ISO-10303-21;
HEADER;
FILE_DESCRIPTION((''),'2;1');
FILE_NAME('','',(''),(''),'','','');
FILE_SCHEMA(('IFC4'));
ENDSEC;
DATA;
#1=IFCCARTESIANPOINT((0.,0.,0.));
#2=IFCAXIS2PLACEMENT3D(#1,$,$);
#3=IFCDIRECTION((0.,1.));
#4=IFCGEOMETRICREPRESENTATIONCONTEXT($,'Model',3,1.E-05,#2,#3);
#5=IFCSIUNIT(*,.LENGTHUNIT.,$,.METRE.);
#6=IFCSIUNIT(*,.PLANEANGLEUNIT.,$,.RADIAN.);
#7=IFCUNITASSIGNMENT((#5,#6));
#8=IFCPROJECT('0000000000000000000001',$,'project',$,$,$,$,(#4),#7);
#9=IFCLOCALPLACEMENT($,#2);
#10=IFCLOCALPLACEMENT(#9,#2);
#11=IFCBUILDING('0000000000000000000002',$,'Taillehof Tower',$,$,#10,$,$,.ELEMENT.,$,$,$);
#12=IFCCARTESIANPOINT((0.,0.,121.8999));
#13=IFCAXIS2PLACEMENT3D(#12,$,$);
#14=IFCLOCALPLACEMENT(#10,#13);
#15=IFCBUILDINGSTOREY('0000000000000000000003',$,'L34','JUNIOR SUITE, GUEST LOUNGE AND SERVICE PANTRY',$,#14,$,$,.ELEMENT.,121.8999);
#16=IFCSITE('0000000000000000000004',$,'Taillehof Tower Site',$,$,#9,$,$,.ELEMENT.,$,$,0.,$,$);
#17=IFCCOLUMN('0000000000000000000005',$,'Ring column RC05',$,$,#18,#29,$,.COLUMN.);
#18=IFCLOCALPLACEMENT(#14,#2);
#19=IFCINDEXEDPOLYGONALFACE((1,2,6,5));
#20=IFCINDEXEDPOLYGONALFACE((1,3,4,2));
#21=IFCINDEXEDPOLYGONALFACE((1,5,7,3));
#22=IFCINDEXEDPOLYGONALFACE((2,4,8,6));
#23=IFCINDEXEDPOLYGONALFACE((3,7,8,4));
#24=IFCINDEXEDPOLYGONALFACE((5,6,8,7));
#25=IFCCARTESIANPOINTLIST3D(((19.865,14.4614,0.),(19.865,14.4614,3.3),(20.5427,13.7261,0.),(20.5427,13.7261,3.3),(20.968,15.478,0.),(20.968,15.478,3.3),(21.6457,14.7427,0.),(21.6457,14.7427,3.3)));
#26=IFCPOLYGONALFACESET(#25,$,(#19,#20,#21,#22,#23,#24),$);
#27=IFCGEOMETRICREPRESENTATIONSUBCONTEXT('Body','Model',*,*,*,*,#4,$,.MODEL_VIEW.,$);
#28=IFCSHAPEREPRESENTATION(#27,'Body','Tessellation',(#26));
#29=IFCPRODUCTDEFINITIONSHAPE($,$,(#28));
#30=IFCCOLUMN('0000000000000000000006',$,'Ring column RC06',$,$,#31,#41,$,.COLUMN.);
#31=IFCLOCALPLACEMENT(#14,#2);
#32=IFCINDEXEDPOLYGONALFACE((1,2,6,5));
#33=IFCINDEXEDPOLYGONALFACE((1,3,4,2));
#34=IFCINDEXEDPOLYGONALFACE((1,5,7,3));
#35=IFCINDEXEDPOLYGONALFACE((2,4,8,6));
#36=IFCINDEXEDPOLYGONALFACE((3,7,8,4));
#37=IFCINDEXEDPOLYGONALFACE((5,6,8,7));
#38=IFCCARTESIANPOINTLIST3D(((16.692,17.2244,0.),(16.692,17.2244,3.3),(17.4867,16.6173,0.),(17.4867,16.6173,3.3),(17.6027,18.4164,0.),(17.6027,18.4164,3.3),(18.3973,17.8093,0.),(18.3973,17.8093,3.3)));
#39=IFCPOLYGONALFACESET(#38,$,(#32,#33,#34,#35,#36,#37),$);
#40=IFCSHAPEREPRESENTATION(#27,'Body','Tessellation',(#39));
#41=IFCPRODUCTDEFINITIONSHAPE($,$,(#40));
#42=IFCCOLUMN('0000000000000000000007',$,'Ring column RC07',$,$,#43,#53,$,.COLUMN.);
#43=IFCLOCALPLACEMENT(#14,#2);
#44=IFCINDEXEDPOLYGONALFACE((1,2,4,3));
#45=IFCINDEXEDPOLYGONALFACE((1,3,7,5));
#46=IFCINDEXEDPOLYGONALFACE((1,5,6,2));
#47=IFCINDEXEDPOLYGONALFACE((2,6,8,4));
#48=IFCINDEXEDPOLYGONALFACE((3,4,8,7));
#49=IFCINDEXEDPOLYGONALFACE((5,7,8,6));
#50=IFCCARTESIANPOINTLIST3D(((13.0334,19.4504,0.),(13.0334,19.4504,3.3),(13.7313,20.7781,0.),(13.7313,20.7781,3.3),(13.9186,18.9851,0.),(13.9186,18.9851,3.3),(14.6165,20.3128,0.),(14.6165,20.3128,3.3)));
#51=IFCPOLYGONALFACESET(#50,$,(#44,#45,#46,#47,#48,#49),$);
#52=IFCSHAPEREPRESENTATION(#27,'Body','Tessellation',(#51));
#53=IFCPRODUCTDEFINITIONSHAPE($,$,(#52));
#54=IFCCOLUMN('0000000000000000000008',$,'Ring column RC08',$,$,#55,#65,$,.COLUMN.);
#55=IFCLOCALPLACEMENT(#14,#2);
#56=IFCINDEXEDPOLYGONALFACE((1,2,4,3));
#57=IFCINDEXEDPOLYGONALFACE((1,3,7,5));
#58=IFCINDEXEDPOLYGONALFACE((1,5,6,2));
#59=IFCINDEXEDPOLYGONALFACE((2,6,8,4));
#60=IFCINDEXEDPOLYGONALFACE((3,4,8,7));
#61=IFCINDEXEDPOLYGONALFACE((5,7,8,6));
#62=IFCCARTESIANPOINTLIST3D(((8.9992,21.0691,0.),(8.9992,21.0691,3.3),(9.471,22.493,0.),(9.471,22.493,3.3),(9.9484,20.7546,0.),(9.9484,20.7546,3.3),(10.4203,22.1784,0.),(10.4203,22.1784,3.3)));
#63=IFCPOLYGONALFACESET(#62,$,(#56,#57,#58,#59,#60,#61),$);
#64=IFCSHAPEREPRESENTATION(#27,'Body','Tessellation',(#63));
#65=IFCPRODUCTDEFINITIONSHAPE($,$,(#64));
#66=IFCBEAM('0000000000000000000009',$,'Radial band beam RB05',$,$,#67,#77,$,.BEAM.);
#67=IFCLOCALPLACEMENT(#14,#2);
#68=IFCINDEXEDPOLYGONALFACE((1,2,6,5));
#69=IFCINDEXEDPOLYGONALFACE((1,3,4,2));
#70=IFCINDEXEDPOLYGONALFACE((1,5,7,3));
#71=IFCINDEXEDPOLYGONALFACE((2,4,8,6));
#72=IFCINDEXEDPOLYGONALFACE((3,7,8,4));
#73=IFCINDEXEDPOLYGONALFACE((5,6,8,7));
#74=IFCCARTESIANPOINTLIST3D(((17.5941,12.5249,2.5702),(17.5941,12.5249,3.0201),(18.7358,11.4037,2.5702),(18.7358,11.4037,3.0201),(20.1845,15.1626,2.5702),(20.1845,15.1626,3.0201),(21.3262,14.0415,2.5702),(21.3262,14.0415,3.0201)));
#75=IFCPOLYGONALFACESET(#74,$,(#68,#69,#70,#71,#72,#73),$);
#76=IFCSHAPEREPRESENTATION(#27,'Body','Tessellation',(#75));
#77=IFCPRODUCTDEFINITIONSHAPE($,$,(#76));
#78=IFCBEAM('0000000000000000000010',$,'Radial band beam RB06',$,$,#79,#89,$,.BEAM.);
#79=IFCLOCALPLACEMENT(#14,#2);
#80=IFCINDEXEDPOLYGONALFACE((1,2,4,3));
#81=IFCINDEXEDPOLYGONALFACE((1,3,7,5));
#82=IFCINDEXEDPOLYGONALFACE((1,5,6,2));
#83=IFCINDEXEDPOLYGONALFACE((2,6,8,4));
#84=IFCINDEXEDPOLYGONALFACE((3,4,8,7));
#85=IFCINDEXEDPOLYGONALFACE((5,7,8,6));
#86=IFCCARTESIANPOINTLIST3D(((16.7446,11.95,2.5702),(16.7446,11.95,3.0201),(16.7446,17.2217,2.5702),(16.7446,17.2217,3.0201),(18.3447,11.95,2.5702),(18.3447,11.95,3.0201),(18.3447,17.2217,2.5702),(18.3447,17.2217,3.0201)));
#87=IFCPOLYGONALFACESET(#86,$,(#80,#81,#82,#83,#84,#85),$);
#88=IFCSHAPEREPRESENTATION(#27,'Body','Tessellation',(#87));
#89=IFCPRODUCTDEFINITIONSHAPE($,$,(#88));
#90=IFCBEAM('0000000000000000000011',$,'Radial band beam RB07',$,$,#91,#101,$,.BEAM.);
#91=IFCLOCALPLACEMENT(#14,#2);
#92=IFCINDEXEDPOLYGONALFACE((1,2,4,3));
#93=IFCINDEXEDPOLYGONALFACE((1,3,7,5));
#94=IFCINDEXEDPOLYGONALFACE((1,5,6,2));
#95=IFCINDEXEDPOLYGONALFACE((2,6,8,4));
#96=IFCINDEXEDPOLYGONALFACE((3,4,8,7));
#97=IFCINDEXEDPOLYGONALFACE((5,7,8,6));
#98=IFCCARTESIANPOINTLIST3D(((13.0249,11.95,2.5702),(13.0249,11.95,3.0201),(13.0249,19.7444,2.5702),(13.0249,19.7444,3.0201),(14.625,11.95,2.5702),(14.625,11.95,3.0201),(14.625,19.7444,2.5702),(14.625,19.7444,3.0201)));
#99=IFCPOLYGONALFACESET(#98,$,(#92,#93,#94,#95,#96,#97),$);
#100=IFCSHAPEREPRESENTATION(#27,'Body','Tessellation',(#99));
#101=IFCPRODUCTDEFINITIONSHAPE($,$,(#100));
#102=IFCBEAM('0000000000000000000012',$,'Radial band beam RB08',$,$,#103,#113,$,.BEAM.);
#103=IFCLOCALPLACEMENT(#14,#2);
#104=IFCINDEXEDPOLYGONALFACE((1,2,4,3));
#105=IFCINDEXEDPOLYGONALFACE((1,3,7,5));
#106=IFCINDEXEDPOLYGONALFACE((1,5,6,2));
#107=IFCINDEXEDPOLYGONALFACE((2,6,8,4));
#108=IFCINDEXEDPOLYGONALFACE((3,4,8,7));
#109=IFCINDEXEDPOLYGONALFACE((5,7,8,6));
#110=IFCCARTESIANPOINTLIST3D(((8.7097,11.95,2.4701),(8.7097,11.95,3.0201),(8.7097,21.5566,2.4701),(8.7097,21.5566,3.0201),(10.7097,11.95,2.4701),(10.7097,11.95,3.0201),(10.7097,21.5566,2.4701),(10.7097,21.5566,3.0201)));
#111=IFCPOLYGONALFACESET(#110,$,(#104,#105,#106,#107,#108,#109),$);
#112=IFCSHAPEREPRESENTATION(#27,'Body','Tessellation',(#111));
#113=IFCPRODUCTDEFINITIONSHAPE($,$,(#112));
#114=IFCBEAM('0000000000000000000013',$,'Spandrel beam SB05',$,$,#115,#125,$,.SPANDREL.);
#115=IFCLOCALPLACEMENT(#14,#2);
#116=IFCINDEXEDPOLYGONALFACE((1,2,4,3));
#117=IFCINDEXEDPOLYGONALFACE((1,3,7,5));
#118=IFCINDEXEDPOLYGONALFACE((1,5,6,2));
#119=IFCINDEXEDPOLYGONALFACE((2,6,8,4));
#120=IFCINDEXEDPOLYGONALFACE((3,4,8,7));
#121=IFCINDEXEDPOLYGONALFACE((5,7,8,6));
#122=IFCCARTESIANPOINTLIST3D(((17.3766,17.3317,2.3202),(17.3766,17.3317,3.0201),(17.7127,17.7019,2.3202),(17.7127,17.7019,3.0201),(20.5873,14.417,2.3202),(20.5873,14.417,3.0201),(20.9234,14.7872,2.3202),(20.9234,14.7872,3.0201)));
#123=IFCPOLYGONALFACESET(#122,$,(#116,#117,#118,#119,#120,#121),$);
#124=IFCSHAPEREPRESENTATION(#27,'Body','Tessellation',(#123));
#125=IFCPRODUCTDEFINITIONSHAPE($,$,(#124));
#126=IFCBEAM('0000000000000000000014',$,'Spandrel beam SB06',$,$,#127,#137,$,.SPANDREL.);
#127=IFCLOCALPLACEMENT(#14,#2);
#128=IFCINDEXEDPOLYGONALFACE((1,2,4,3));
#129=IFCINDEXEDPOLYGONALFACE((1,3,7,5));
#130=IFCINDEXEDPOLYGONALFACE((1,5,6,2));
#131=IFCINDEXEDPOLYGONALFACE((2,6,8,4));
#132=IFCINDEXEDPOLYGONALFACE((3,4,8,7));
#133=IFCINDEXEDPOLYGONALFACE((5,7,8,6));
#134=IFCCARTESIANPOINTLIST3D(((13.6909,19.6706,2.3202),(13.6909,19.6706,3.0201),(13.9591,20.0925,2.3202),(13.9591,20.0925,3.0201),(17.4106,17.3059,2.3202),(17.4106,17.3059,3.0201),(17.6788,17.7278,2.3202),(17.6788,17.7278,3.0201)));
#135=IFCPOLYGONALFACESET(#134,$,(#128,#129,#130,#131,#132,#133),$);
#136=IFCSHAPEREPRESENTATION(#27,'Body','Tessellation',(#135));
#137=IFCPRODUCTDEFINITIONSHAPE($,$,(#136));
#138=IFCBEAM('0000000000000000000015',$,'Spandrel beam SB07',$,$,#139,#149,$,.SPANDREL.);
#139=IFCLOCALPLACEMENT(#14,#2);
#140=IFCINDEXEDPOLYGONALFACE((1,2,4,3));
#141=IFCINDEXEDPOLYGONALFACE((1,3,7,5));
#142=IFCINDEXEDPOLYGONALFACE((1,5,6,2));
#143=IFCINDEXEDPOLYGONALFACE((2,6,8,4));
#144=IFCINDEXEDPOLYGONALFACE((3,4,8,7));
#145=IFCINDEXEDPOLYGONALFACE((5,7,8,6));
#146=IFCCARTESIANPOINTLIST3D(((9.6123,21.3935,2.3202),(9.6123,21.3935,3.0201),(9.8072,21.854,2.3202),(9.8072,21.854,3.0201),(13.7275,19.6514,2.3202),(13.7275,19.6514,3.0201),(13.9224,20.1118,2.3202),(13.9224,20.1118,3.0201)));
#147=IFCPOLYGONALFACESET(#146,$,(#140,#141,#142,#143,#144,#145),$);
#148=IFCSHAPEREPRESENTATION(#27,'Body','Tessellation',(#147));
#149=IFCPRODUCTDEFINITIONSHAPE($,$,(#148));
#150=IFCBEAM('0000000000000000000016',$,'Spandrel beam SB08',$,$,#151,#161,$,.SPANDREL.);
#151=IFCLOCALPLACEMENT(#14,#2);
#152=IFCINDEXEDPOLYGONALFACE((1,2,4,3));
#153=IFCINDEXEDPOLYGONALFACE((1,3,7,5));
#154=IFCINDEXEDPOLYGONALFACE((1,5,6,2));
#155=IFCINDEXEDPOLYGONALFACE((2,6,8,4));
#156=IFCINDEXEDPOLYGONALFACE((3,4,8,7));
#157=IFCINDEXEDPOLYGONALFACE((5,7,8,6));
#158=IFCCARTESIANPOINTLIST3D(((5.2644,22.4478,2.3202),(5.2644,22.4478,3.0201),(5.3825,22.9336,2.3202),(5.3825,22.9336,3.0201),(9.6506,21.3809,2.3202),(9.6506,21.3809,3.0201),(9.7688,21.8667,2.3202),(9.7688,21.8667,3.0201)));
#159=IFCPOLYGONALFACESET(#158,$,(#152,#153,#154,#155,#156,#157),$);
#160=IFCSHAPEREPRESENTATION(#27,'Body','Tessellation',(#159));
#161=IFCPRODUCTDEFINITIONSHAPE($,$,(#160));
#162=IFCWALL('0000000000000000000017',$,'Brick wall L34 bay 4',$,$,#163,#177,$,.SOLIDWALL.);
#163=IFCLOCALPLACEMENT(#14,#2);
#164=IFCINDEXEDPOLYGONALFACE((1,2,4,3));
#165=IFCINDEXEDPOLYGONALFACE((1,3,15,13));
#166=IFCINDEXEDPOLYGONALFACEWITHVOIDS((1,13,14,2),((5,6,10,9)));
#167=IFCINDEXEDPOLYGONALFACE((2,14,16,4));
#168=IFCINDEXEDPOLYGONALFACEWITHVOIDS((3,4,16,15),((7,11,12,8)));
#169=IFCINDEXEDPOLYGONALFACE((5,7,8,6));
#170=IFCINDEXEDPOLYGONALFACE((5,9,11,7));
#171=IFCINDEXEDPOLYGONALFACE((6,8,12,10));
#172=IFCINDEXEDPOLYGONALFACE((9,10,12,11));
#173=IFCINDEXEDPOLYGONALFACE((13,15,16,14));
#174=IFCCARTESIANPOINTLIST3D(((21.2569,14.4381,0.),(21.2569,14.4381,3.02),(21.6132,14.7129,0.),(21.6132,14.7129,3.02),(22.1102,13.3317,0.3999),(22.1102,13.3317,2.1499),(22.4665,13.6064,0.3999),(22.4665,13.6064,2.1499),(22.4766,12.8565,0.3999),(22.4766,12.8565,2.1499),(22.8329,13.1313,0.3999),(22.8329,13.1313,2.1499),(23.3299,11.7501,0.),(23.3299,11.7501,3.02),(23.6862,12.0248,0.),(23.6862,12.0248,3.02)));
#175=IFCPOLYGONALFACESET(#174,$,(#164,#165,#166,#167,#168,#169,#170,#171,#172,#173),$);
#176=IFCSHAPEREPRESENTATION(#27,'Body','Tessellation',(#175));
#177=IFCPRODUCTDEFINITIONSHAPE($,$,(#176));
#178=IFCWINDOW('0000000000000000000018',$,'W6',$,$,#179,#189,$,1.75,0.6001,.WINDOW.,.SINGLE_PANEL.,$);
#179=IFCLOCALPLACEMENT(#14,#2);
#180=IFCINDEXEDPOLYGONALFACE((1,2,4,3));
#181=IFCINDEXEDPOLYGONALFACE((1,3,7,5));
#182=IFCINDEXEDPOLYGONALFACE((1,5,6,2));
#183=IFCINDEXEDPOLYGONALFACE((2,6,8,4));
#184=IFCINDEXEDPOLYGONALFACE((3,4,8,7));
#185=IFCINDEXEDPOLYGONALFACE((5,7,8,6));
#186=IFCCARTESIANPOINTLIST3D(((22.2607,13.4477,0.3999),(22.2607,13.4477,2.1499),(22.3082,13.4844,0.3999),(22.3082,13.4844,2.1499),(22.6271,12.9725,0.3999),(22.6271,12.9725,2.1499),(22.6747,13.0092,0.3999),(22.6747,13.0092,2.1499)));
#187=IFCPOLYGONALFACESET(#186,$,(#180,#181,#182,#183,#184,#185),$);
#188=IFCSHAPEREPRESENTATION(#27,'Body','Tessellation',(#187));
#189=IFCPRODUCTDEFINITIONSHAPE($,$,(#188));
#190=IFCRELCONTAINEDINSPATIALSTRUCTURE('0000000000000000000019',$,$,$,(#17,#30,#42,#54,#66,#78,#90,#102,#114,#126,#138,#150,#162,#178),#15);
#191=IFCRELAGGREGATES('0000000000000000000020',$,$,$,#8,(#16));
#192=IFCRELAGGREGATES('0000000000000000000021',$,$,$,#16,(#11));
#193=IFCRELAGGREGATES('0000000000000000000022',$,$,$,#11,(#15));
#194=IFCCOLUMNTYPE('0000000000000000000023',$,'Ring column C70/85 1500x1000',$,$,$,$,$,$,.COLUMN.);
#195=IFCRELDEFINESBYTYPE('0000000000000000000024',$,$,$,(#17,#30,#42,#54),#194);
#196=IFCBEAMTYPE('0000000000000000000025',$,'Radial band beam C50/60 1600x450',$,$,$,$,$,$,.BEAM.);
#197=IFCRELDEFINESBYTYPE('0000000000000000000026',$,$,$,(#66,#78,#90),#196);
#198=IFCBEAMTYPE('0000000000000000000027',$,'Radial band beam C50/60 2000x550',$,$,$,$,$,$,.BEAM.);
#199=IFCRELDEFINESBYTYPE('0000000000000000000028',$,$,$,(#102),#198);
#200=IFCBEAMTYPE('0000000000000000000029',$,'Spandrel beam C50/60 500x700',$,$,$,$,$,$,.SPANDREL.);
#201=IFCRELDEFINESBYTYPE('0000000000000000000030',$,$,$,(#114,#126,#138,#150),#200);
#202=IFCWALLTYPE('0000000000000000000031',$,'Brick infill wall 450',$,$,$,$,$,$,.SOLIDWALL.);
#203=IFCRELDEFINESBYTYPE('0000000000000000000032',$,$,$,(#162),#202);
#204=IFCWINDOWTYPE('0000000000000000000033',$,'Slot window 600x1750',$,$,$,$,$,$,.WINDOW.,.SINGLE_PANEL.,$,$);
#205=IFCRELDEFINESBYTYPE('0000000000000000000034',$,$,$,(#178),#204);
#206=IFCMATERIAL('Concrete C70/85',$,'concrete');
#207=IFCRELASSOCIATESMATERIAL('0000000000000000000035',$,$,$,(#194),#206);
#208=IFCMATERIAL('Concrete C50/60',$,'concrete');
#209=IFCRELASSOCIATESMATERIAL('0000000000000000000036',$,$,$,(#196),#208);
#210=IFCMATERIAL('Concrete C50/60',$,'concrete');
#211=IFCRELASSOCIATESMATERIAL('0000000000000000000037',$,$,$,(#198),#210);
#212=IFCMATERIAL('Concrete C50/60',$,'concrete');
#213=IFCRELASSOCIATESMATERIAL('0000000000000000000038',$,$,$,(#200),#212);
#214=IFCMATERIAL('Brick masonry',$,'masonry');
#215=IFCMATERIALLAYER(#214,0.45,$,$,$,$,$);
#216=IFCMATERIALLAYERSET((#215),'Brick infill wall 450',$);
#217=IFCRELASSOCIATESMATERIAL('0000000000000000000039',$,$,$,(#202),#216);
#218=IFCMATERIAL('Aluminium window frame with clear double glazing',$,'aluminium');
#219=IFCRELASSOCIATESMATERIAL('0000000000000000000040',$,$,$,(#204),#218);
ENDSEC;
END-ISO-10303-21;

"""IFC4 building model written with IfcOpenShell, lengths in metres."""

from ifc_helpers import new_model, si_unit, direction, frame, frame_2d, origin, origin_2d, place, context, subcontext, project, spatial, rectangle, extrude, material, layer, layer_set, material_profile, profile_set, type_object, element, fill, save


model = new_model("IFC4")

# Units and contexts
model_context = context("Model", 3, precision=1e-05, world=origin(), true_north=direction((0.0, 1.0)))
body_context = subcontext(model_context, "Body", "Model", "MODEL_VIEW")
ifc_project = project(units=[si_unit("LENGTHUNIT", "METRE"), si_unit("PLANEANGLEUNIT", "RADIAN")], contexts=[model_context])

# Site, building, storey
site_placement = place(None, origin())
site = spatial("IfcSite", under=ifc_project, at=site_placement, Name="Taillehof Tower Site", CompositionType="ELEMENT", RefElevation=0.0)
building_placement = place(site_placement, origin())
building = spatial("IfcBuilding", under=site, at=building_placement, Name="Taillehof Tower", CompositionType="ELEMENT")
storey_placement = place(building_placement, frame((0.0, 0.0, 121.8999)))
storey = spatial("IfcBuildingStorey", under=building, at=storey_placement, Name="L34", Description="JUNIOR SUITE, GUEST LOUNGE AND SERVICE PANTRY", CompositionType="ELEMENT", Elevation=121.8999)

# Columns
ifc_material_1 = material(Name="Concrete C70/85", Category="concrete")
ifc_material_profile_1 = material_profile(ifc_material_1, rectangle(XDim=1.5, YDim=1.0, at=origin_2d()), Name="RC 1500x1000")
ifc_profile_set_1 = profile_set([ifc_material_profile_1], Name="Concrete C70/85")
column_type = type_object("IfcColumnType", Name="Ring column C70/85 1500x1000", PredefinedType="COLUMN", material=ifc_profile_set_1)
for number, where, z_axis, x_axis, name in (
    (1, (20.7554, 14.6021, 0.0), (0.0, 0.0, 1.0), (0.735332, 0.677707, 0.0), "Ring column RC05"),
    (2, (17.5447, 17.5168, 0.0), (0.0, 0.0, 1.0), (0.607074, 0.794645, 0.0), "Ring column RC06"),
    (3, (13.825, 19.8816, 0.0), (0.0, 0.0, 1.0), (0.465283, 0.885162, 0.0), "Ring column RC07"),
    (4, (9.7097, 21.6238, 0.0), (0.0, 0.0, 1.0), (0.314555, 0.949239, 0.0), "Ring column RC08"),
):
    element("IfcColumn", number, at=place(storey_placement, frame(where, z_axis=z_axis, x_axis=x_axis)), inside=storey, type_object=column_type, Name=name, PredefinedType="COLUMN", context=body_context, shape_type="SweptSolid", body=[
        extrude(rectangle(XDim=1.5, YDim=1.0, at=origin_2d()), origin(), (0.0, 0.0, 1.0), 3.3),
    ])

# Beams
ifc_material_2 = material(Name="Concrete C50/60", Category="concrete")
ifc_material_profile_2 = material_profile(ifc_material_2, rectangle(XDim=1.6001, YDim=0.45, at=origin_2d()), Name="RC 1600x450")
ifc_profile_set_2 = profile_set([ifc_material_profile_2], Name="Concrete C50/60")
beam_type_1 = type_object("IfcBeamType", Name="Radial band beam C50/60 1600x450", PredefinedType="BEAM", material=ifc_profile_set_2)
beam_1_placement = place(storey_placement, frame((20.7554, 14.6021, 2.7952), z_axis=(-0.700672, -0.713484, 0.0), x_axis=(0.713484, -0.700672, 0.0)))
element("IfcBeam", 5, at=beam_1_placement, inside=storey, type_object=beam_type_1, Name="Radial band beam RB05", PredefinedType="BEAM", context=body_context, shape_type="SweptSolid", body=[
    extrude(rectangle(XDim=1.6001, YDim=0.45, at=origin_2d()), origin(), (0.0, 0.0, 1.0), 3.697),
])
beam_2_placement = place(storey_placement, frame((17.5447, 17.2217, 2.7952), z_axis=(0.0, -1.0, 0.0), x_axis=(1.0, 0.0, 0.0)))
element("IfcBeam", 6, at=beam_2_placement, inside=storey, type_object=beam_type_1, Name="Radial band beam RB06", PredefinedType="BEAM", context=body_context, shape_type="SweptSolid", body=[
    extrude(rectangle(XDim=1.6001, YDim=0.45, at=origin_2d()), origin(), (0.0, 0.0, 1.0), 5.2717),
])
beam_3_placement = place(storey_placement, frame((13.825, 19.7444, 2.7952), z_axis=(0.0, -1.0, 0.0), x_axis=(1.0, 0.0, 0.0)))
element("IfcBeam", 7, at=beam_3_placement, inside=storey, type_object=beam_type_1, Name="Radial band beam RB07", PredefinedType="BEAM", context=body_context, shape_type="SweptSolid", body=[
    extrude(rectangle(XDim=1.6001, YDim=0.45, at=origin_2d()), origin(), (0.0, 0.0, 1.0), 7.7944),
])
ifc_material_3 = material(Name="Concrete C50/60", Category="concrete")
ifc_material_profile_3 = material_profile(ifc_material_3, rectangle(XDim=2.0, YDim=0.55, at=origin_2d()), Name="RC 2000x550")
ifc_profile_set_3 = profile_set([ifc_material_profile_3], Name="Concrete C50/60")
beam_type_2 = type_object("IfcBeamType", Name="Radial band beam C50/60 2000x550", PredefinedType="BEAM", material=ifc_profile_set_3)
beam_4_placement = place(storey_placement, frame((9.7097, 21.5566, 2.7451), z_axis=(0.0, -1.0, 0.0), x_axis=(1.0, 0.0, 0.0)))
element("IfcBeam", 8, at=beam_4_placement, inside=storey, type_object=beam_type_2, Name="Radial band beam RB08", PredefinedType="BEAM", context=body_context, shape_type="SweptSolid", body=[
    extrude(rectangle(XDim=2.0, YDim=0.55, at=origin_2d()), origin(), (0.0, 0.0, 1.0), 9.6067),
])
ifc_material_4 = material(Name="Concrete C50/60", Category="concrete")
ifc_material_profile_4 = material_profile(ifc_material_4, rectangle(XDim=0.5, YDim=0.7, at=origin_2d()), Name="RC 500x700")
ifc_profile_set_4 = profile_set([ifc_material_profile_4], Name="Concrete C50/60")
beam_type_3 = type_object("IfcBeamType", Name="Spandrel beam C50/60 500x700", PredefinedType="SPANDREL", material=ifc_profile_set_4)
beam_5_placement = place(storey_placement, frame((20.7554, 14.6021, 2.6702), z_axis=(-0.740401, 0.672165, 0.0), x_axis=(-0.672165, -0.740401, 0.0)))
element("IfcBeam", 9, at=beam_5_placement, inside=storey, type_object=beam_type_3, Name="Spandrel beam SB05", PredefinedType="SPANDREL", context=body_context, shape_type="SweptSolid", body=[
    extrude(rectangle(XDim=0.5, YDim=0.7, at=origin_2d()), origin(), (0.0, 0.0, 1.0), 4.3364),
])
beam_6_placement = place(storey_placement, frame((17.5447, 17.5168, 2.6702), z_axis=(-0.843903, 0.536496, 0.0), x_axis=(-0.536496, -0.843903, 0.0)))
element("IfcBeam", 10, at=beam_6_placement, inside=storey, type_object=beam_type_3, Name="Spandrel beam SB06", PredefinedType="SPANDREL", context=body_context, shape_type="SweptSolid", body=[
    extrude(rectangle(XDim=0.5, YDim=0.7, at=origin_2d()), origin(), (0.0, 0.0, 1.0), 4.4077),
])
beam_7_placement = place(storey_placement, frame((13.825, 19.8816, 2.6702), z_axis=(-0.920877, 0.389854, 0.0), x_axis=(-0.389854, -0.920877, 0.0)))
element("IfcBeam", 11, at=beam_7_placement, inside=storey, type_object=beam_type_3, Name="Spandrel beam SB07", PredefinedType="SPANDREL", context=body_context, shape_type="SweptSolid", body=[
    extrude(rectangle(XDim=0.5, YDim=0.7, at=origin_2d()), origin(), (0.0, 0.0, 1.0), 4.4688),
])
beam_8_placement = place(storey_placement, frame((9.7097, 21.6238, 2.6702), z_axis=(-0.971669, 0.236346, 0.0), x_axis=(-0.236346, -0.971669, 0.0)))
element("IfcBeam", 12, at=beam_8_placement, inside=storey, type_object=beam_type_3, Name="Spandrel beam SB08", PredefinedType="SPANDREL", context=body_context, shape_type="SweptSolid", body=[
    extrude(rectangle(XDim=0.5, YDim=0.7, at=origin_2d()), origin(), (0.0, 0.0, 1.0), 4.5142),
])

# Wall, opening, window
ifc_material_5 = material(Name="Brick masonry", Category="masonry")
ifc_layer_1 = layer(ifc_material_5, 0.45)
ifc_layer_set_1 = layer_set([ifc_layer_1], Name="Brick infill wall 450")
wall_type_1 = type_object("IfcWallType", Name="Brick infill wall 450", PredefinedType="SOLIDWALL", material=ifc_layer_set_1)
wall_1_placement = place(storey_placement, frame((23.5081, 11.8875, 0.0), z_axis=(0.0, 0.0, 1.0), x_axis=(-0.610694, 0.791867, 0.0)))
wall_1 = element("IfcWall", 13, at=wall_1_placement, inside=storey, type_object=wall_type_1, Name="Brick wall L34 bay 4", PredefinedType="SOLIDWALL", context=body_context, shape_type="SweptSolid", body=[
    extrude(rectangle(XDim=3.3945, YDim=0.45, at=frame_2d((1.6973, 0.0))), origin(), (0.0, 0.0, 1.0), 3.02),
])
opening_1_placement = place(wall_1_placement, frame((1.3972, 0.0, 0.3999)))
opening_1 = element("IfcOpeningElement", 14, at=opening_1_placement, cuts=wall_1, PredefinedType="OPENING", context=body_context, shape_type="SweptSolid", body=[
    extrude(rectangle(XDim=0.6001, YDim=1.75, at=frame_2d((0.3, 0.875))), frame((0.0, 0.2349, 0.0), z_axis=(0.0, -1.0, 0.0), x_axis=(1.0, 0.0, 0.0)), (0.0, 0.0, 1.0), 0.47),
])
ifc_material_6 = material(Name="Aluminium window frame with clear double glazing", Category="aluminium")
window_type_1 = type_object("IfcWindowType", Name="Slot window 600x1750", PartitioningType="SINGLE_PANEL", PredefinedType="WINDOW", material=ifc_material_6)
window_1_placement = place(opening_1_placement, origin())
window_1 = element("IfcWindow", 15, at=window_1_placement, inside=storey, type_object=window_type_1, Name="W6", OverallHeight=1.75, OverallWidth=0.6001, PartitioningType="SINGLE_PANEL", PredefinedType="WINDOW", context=body_context, shape_type="SweptSolid", body=[
    extrude(rectangle(XDim=0.6001, YDim=1.75, at=frame_2d((0.3, 0.875))), frame((0.0, 0.0349, 0.0), z_axis=(0.0, -1.0, 0.0), x_axis=(1.0, 0.0, 0.0)), (0.0, 0.0, 1.0), 0.0601),
])
fill(opening_1, window_1)

save(model, "model.ifc")
